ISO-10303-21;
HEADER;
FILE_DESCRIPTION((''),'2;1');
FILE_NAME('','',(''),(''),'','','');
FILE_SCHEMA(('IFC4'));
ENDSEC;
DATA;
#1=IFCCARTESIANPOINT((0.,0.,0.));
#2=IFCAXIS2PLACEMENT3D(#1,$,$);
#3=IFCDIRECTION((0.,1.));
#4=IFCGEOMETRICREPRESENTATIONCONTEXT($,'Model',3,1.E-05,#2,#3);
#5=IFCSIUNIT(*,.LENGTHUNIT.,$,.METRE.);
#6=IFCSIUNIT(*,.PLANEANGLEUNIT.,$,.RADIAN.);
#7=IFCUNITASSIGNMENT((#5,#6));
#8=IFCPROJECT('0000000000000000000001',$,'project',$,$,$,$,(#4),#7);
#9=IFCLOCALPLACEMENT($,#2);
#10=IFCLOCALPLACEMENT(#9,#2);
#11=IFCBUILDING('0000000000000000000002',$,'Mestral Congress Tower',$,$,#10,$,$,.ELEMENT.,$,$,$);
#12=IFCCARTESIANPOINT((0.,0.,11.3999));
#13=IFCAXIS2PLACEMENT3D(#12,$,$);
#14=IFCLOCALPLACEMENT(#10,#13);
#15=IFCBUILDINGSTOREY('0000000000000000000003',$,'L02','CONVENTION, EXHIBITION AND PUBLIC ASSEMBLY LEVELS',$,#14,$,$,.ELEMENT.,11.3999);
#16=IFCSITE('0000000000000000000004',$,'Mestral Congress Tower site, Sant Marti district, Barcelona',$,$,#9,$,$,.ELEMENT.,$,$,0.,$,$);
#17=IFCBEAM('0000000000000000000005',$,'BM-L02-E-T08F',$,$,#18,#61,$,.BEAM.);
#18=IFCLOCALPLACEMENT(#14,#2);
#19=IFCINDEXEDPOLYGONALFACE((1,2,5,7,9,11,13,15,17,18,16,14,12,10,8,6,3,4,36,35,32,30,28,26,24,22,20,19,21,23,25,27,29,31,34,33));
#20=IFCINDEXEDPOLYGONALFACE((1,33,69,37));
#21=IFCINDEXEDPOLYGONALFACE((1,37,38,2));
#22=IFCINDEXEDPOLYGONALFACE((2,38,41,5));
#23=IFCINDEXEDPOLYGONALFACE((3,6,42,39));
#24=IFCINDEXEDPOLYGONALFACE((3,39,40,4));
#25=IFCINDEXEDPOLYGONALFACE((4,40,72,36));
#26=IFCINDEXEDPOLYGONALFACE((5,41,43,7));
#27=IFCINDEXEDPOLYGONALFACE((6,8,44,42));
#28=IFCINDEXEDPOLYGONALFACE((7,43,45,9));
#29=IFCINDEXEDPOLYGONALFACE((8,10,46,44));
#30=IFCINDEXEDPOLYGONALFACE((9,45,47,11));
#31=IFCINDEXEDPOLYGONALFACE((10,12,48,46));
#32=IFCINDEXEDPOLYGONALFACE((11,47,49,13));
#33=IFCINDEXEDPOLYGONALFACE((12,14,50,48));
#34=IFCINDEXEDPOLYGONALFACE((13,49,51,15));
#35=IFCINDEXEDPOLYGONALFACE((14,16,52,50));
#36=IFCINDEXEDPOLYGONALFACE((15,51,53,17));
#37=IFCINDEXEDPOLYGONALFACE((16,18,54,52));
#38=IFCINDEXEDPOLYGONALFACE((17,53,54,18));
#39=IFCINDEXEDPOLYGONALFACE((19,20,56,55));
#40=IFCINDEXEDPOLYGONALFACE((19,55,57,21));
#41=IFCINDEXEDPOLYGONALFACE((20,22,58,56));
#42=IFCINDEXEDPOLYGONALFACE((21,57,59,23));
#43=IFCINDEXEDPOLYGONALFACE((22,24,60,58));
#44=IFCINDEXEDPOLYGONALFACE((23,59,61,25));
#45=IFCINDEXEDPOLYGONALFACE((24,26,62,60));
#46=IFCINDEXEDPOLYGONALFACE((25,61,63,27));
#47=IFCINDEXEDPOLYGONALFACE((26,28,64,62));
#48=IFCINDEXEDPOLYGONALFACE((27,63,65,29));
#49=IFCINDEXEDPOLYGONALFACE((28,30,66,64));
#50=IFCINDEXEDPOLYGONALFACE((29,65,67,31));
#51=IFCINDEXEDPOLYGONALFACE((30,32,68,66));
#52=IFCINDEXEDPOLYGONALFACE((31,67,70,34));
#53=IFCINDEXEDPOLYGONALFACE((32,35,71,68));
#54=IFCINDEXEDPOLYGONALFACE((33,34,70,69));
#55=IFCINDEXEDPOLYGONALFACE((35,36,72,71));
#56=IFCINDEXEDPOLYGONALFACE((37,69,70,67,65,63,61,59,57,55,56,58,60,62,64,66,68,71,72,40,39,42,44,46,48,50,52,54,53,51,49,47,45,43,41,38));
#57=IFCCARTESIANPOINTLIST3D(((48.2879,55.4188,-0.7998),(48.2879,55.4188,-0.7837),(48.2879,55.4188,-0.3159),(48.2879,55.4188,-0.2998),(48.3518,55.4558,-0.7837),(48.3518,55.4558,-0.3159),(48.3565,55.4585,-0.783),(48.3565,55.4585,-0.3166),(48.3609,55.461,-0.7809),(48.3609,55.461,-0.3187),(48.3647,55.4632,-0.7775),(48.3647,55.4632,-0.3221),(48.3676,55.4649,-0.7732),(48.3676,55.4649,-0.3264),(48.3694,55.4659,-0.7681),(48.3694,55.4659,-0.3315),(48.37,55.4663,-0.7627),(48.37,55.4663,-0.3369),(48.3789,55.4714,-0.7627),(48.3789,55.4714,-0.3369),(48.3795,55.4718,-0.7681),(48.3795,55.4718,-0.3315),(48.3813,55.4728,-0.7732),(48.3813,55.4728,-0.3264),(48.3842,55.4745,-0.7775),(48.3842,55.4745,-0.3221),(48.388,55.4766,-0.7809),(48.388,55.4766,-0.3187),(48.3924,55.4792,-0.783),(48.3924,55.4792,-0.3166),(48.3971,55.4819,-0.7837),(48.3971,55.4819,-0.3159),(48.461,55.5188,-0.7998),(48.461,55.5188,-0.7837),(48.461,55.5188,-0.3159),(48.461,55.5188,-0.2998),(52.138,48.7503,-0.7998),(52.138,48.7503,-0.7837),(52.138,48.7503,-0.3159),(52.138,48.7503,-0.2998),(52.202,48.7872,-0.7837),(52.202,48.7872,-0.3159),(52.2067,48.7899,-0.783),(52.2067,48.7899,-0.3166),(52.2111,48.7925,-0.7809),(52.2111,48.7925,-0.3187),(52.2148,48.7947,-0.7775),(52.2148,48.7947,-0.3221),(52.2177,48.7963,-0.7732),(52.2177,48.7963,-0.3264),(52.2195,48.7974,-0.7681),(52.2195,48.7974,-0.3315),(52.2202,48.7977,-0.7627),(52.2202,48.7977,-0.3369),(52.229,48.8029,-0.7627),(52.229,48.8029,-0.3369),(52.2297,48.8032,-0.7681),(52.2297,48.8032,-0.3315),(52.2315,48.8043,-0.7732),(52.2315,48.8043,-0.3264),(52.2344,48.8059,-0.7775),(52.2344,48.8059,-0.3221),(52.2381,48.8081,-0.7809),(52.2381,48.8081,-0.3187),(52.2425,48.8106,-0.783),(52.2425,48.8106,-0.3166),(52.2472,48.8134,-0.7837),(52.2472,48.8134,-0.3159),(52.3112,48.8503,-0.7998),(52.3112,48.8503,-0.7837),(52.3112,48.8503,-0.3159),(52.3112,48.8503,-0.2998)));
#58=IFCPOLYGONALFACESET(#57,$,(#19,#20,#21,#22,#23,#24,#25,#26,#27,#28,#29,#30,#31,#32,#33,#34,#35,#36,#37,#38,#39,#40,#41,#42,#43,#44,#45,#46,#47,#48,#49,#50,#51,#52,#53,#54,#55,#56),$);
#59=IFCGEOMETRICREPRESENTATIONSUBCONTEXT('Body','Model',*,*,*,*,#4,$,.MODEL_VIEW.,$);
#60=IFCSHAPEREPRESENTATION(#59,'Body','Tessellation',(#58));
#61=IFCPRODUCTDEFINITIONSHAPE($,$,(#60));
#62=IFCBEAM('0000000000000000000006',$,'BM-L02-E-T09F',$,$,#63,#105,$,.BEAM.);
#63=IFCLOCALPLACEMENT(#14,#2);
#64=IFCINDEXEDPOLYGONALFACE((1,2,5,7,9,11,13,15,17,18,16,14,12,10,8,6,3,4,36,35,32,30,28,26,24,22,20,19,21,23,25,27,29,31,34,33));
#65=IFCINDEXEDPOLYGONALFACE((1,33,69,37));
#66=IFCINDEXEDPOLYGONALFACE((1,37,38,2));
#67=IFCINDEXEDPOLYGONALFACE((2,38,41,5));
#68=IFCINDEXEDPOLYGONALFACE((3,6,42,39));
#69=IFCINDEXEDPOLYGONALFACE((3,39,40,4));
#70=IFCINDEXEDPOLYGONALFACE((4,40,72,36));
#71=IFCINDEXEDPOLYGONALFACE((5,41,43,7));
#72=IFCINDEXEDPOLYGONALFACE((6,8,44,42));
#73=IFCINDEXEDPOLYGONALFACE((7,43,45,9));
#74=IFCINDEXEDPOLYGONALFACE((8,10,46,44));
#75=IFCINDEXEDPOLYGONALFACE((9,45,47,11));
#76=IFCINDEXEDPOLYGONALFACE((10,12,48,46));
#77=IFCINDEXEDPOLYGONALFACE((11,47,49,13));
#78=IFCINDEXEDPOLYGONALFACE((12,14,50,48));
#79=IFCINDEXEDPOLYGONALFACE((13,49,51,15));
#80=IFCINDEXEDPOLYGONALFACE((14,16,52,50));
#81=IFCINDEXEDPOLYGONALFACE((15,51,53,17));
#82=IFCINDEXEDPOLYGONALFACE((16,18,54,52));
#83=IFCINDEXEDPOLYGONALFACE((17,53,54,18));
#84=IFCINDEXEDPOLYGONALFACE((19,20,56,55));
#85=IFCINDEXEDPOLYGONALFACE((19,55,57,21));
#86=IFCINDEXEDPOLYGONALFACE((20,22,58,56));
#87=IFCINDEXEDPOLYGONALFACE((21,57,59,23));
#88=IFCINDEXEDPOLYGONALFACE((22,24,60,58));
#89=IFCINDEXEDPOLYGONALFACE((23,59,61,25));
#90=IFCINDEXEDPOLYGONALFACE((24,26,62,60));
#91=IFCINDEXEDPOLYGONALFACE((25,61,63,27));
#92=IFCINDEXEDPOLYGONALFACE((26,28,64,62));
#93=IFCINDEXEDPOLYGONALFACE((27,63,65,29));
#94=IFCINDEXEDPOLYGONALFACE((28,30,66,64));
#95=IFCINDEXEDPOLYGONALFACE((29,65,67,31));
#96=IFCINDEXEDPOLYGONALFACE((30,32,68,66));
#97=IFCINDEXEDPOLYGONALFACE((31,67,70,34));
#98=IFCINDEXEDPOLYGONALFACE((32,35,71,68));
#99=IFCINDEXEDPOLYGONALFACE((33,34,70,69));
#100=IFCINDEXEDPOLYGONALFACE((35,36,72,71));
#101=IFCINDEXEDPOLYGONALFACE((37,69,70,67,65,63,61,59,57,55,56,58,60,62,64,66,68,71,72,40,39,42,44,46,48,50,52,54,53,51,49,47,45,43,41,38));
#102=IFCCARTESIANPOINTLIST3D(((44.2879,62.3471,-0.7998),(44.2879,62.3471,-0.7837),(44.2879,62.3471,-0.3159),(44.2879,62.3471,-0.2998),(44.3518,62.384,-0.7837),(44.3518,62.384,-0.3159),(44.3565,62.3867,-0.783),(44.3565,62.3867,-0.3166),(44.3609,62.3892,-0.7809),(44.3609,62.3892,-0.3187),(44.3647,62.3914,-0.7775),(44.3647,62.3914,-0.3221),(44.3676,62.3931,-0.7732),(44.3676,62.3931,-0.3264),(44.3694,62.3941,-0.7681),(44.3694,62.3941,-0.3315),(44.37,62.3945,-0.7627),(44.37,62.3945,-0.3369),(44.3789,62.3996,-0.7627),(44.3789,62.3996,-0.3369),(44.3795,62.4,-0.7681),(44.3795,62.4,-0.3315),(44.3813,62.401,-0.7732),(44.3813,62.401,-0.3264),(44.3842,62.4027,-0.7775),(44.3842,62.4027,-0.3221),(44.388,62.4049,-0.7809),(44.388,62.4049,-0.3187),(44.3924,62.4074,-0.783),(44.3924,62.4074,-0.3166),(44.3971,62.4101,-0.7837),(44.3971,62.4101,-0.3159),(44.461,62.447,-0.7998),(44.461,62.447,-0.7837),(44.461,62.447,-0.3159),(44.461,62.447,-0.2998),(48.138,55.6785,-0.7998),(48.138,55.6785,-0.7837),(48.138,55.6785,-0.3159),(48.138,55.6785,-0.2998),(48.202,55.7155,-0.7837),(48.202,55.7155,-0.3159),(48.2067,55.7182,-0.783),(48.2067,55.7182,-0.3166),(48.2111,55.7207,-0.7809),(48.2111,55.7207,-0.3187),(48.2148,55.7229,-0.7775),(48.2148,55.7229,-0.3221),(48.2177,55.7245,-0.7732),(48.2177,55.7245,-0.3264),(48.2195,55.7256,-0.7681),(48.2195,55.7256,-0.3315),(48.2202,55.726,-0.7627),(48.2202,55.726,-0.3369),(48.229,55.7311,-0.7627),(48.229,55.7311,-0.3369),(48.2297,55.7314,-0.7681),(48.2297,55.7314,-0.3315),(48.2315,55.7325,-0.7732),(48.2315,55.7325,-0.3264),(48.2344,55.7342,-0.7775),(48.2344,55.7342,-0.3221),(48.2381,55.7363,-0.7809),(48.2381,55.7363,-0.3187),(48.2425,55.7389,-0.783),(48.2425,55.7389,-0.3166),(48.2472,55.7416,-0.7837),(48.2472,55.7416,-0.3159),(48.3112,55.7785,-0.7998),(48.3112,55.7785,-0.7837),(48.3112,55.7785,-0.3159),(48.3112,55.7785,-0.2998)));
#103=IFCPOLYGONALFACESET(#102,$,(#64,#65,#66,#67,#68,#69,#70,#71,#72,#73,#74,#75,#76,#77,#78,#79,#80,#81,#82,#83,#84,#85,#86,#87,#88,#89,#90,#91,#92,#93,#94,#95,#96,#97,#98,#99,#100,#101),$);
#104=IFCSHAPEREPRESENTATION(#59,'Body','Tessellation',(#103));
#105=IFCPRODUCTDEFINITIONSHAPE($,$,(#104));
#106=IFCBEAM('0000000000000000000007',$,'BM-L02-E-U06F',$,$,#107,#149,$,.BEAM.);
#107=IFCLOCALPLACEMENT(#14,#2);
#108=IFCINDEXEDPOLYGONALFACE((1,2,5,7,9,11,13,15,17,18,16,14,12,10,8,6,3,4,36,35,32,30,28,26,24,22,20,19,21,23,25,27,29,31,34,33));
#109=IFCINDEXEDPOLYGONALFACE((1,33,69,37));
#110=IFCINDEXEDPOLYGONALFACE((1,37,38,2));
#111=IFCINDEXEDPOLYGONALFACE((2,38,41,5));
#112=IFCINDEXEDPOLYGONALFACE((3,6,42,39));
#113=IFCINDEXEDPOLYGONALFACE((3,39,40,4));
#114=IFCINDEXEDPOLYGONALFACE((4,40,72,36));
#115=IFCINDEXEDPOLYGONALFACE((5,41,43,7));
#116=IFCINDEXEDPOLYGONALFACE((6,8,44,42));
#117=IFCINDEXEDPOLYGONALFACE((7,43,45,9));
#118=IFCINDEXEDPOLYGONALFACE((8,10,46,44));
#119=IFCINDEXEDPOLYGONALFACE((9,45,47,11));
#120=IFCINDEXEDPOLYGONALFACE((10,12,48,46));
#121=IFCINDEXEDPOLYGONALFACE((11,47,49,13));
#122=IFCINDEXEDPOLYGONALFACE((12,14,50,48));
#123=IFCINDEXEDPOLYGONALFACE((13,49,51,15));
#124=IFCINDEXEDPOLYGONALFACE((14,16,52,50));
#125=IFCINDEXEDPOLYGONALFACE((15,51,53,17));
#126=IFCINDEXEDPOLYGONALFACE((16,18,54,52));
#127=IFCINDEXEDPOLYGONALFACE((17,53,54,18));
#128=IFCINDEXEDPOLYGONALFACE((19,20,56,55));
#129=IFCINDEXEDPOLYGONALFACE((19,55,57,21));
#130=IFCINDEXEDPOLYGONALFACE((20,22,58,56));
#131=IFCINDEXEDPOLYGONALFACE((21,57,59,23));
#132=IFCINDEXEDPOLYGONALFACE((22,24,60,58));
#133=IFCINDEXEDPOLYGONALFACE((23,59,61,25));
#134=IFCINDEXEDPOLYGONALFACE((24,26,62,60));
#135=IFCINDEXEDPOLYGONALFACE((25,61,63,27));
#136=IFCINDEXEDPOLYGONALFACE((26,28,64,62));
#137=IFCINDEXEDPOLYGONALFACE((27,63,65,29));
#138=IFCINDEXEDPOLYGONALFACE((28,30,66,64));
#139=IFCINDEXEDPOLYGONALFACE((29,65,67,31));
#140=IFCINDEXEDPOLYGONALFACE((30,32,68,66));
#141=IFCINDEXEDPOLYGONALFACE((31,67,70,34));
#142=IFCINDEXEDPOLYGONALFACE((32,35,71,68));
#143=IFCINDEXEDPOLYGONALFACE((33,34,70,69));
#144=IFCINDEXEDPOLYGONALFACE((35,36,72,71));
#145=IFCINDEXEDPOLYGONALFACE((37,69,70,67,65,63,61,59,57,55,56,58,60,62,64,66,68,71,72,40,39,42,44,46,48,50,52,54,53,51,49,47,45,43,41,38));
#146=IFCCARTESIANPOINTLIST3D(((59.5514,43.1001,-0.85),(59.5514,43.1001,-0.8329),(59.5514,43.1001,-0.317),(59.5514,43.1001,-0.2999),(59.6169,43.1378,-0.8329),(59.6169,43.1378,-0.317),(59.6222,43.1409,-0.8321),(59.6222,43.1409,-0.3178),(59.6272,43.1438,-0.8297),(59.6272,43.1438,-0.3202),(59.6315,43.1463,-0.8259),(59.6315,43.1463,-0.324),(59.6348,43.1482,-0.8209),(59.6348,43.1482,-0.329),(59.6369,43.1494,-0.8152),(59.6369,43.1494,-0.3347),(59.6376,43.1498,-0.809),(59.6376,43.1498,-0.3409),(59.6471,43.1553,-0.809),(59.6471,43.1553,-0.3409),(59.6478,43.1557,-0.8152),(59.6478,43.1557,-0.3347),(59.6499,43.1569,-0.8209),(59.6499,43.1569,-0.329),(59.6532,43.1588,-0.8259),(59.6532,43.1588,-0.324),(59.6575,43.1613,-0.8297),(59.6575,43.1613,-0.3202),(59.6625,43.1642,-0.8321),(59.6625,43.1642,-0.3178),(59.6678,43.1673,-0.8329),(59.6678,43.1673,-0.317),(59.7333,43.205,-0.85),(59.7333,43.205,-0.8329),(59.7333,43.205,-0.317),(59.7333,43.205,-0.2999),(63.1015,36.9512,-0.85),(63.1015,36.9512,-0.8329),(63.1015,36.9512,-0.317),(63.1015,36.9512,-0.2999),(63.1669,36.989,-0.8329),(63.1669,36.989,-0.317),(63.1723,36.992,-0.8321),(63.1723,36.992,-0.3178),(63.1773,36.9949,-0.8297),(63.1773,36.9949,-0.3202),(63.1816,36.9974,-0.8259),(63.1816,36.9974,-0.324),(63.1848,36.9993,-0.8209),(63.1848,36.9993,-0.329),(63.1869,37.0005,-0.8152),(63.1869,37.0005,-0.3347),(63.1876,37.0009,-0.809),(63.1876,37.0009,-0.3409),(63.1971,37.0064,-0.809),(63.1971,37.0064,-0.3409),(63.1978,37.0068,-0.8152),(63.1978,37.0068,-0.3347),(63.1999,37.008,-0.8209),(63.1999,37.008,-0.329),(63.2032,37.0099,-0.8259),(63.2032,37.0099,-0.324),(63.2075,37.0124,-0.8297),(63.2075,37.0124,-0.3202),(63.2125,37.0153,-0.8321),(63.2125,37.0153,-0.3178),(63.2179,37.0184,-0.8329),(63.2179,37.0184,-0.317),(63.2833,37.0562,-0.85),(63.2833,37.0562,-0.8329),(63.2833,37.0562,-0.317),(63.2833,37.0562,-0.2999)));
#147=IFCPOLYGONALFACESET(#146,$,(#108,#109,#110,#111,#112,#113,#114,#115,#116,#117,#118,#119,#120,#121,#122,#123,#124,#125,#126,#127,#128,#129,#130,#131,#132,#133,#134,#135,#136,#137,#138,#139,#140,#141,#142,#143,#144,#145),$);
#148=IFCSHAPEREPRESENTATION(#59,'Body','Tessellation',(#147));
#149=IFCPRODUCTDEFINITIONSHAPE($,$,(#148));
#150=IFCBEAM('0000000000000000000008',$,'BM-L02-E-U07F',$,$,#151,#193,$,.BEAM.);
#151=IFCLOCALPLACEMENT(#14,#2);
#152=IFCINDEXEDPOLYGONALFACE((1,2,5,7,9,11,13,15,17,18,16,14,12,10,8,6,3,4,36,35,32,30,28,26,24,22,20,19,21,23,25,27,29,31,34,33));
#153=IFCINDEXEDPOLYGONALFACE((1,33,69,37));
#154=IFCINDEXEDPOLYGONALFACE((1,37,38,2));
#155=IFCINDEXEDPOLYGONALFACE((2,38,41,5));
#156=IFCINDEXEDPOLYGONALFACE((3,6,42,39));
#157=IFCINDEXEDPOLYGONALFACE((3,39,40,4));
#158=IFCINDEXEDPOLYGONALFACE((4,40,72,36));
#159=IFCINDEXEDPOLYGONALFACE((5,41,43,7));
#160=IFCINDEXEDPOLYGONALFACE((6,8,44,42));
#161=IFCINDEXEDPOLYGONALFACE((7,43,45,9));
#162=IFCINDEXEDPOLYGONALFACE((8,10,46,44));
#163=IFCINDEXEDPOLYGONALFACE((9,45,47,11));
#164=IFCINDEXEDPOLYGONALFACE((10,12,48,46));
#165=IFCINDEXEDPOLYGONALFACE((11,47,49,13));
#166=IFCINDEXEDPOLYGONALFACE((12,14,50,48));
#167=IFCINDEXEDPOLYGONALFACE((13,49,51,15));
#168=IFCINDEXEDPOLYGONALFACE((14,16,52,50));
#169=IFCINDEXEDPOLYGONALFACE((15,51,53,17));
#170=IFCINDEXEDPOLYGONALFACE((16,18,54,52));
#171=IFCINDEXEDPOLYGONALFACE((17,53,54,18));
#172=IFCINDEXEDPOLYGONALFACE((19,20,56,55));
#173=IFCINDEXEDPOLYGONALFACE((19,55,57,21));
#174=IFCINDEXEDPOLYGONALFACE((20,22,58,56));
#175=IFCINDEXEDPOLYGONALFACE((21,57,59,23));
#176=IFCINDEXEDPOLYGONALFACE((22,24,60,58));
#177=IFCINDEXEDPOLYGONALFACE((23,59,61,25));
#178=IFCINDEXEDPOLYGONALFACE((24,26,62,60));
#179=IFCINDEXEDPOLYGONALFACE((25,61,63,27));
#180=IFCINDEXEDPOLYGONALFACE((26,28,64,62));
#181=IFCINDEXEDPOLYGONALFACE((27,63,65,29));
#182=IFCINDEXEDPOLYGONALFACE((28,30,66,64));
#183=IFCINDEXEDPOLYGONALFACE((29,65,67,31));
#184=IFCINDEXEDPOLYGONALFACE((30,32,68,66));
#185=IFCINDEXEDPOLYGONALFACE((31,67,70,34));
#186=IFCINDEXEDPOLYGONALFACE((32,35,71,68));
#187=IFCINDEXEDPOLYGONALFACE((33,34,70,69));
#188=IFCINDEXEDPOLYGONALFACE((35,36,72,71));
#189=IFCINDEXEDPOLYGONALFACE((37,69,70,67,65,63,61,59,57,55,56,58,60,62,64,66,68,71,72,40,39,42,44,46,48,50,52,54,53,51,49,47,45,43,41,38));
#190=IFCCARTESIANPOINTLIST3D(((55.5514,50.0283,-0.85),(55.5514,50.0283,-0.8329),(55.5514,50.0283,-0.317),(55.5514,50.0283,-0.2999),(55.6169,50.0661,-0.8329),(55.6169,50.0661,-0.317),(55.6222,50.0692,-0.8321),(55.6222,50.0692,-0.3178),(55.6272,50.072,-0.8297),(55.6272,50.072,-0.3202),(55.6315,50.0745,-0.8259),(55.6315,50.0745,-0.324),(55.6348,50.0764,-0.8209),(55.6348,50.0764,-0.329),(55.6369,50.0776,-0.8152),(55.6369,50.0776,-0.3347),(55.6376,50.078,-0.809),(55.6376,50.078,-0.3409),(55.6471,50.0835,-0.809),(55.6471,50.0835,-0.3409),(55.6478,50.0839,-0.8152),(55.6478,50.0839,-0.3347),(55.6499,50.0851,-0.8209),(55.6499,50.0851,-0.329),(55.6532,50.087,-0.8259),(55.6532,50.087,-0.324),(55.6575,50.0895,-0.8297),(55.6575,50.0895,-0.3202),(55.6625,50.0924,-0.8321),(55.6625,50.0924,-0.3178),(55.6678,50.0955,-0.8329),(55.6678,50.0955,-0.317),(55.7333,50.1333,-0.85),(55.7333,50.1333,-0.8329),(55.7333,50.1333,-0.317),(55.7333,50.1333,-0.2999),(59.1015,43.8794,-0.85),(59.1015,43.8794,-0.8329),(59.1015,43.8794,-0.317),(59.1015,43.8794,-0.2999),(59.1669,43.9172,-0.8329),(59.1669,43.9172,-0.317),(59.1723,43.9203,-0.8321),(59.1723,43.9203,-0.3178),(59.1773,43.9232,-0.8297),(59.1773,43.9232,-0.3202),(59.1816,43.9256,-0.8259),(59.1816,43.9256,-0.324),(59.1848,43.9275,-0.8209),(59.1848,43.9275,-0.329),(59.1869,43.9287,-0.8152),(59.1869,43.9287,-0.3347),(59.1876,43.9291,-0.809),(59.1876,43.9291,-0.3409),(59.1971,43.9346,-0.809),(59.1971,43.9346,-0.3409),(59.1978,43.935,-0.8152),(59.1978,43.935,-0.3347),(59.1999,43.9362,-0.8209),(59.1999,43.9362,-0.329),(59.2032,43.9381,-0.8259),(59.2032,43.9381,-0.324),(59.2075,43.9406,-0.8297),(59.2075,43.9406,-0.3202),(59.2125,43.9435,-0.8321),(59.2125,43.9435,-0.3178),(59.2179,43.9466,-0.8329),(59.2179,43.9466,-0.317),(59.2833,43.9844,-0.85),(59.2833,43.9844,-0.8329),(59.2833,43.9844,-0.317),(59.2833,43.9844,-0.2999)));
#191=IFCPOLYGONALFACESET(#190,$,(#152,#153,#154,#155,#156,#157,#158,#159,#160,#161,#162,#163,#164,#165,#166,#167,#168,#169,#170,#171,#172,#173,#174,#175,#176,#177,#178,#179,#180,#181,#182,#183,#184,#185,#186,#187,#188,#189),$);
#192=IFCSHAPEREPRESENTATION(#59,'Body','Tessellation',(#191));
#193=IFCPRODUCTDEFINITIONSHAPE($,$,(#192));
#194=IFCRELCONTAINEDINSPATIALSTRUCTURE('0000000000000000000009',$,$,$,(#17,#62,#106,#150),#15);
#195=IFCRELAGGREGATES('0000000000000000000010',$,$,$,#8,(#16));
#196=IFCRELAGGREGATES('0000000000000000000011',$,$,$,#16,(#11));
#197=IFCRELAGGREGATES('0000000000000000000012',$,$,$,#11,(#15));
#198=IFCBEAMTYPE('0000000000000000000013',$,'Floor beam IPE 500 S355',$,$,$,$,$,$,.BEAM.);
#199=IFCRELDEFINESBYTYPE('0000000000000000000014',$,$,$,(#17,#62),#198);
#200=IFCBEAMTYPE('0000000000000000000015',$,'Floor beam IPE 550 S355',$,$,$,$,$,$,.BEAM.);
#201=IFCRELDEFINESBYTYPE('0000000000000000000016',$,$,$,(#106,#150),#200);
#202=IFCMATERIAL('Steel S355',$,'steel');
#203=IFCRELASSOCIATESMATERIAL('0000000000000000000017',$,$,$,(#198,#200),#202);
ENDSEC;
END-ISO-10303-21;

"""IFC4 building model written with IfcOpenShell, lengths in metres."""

from ifc_helpers import new_model, si_unit, direction, frame, origin, origin_2d, place, context, subcontext, project, spatial, i_section, extrude, material, material_profile, profile_set, type_object, element, save


model = new_model("IFC4")

# Units and contexts
model_context = context("Model", 3, precision=1e-05, world=origin(), true_north=direction((0.0, 1.0)))
body_context = subcontext(model_context, "Body", "Model", "MODEL_VIEW")
ifc_project = project(units=[si_unit("LENGTHUNIT", "METRE"), si_unit("PLANEANGLEUNIT", "RADIAN")], contexts=[model_context])

# Site, building, storey
site_placement = place(None, origin())
site = spatial("IfcSite", under=ifc_project, at=site_placement, Name="Mestral Congress Tower site, Sant Marti district, Barcelona", CompositionType="ELEMENT", RefElevation=0.0)
building_placement = place(site_placement, origin())
building = spatial("IfcBuilding", under=site, at=building_placement, Name="Mestral Congress Tower", CompositionType="ELEMENT")
storey_placement = place(building_placement, frame((0.0, 0.0, 11.3999)))
storey = spatial("IfcBuildingStorey", under=building, at=storey_placement, Name="L02", Description="CONVENTION, EXHIBITION AND PUBLIC ASSEMBLY LEVELS", CompositionType="ELEMENT", Elevation=11.3999)

# Beams
ifc_material_1 = material(Name="Steel S355", Category="steel")
ifc_material_profile_1 = material_profile(ifc_material_1, i_section(OverallWidth=0.2, OverallDepth=0.5, WebThickness=0.0103, FlangeThickness=0.0161, FilletRadius=0.021, at=origin_2d()), Name="IPE 500")
ifc_profile_set_1 = profile_set([ifc_material_profile_1], Name="Steel S355")
beam_type_1 = type_object("IfcBeamType", Name="Floor beam IPE 500 S355", PredefinedType="BEAM", material=ifc_profile_set_1)
for number, where, z_axis, x_axis, name in (
    (1, (52.2246, 48.8003, -0.5498), (-0.500006, 0.866022, 0.0), (-0.866022, -0.500006, 0.0), "BM-L02-E-T08F"),
    (2, (48.2246, 55.7285, -0.5498), (-0.500006, 0.866022, 0.0), (-0.866022, -0.500006, 0.0), "BM-L02-E-T09F"),
):
    element("IfcBeam", number, at=place(storey_placement, frame(where, z_axis=z_axis, x_axis=x_axis)), inside=storey, type_object=beam_type_1, Name=name, PredefinedType="BEAM", context=body_context, shape_type="SweptSolid", body=[
        extrude(i_section(OverallWidth=0.2, OverallDepth=0.5, WebThickness=0.0103, FlangeThickness=0.0161, FilletRadius=0.021, at=origin_2d()), origin(), (0.0, 0.0, 1.0), 7.7002),
    ])
ifc_material_profile_2 = material_profile(ifc_material_1, i_section(OverallWidth=0.21, OverallDepth=0.55, WebThickness=0.011, FlangeThickness=0.0171, FilletRadius=0.0239, at=origin_2d()), Name="IPE 550")
ifc_profile_set_2 = profile_set([ifc_material_profile_2], Name="Steel S355")
beam_type_2 = type_object("IfcBeamType", Name="Floor beam IPE 550 S355", PredefinedType="BEAM", material=ifc_profile_set_2)
for number, where, z_axis, x_axis, name in (
    (3, (63.1924, 37.0037, -0.575), (-0.499996, 0.866028, 0.0), (-0.866028, -0.499996, 0.0), "BM-L02-E-U06F"),
    (4, (59.1924, 43.9319, -0.575), (-0.499996, 0.866028, 0.0), (-0.866028, -0.499996, 0.0), "BM-L02-E-U07F"),
):
    element("IfcBeam", number, at=place(storey_placement, frame(where, z_axis=z_axis, x_axis=x_axis)), inside=storey, type_object=beam_type_2, Name=name, PredefinedType="BEAM", context=body_context, shape_type="SweptSolid", body=[
        extrude(i_section(OverallWidth=0.21, OverallDepth=0.55, WebThickness=0.011, FlangeThickness=0.0171, FilletRadius=0.0239, at=origin_2d()), origin(), (0.0, 0.0, 1.0), 7.1001),
    ])

save(model, "model.ifc")
